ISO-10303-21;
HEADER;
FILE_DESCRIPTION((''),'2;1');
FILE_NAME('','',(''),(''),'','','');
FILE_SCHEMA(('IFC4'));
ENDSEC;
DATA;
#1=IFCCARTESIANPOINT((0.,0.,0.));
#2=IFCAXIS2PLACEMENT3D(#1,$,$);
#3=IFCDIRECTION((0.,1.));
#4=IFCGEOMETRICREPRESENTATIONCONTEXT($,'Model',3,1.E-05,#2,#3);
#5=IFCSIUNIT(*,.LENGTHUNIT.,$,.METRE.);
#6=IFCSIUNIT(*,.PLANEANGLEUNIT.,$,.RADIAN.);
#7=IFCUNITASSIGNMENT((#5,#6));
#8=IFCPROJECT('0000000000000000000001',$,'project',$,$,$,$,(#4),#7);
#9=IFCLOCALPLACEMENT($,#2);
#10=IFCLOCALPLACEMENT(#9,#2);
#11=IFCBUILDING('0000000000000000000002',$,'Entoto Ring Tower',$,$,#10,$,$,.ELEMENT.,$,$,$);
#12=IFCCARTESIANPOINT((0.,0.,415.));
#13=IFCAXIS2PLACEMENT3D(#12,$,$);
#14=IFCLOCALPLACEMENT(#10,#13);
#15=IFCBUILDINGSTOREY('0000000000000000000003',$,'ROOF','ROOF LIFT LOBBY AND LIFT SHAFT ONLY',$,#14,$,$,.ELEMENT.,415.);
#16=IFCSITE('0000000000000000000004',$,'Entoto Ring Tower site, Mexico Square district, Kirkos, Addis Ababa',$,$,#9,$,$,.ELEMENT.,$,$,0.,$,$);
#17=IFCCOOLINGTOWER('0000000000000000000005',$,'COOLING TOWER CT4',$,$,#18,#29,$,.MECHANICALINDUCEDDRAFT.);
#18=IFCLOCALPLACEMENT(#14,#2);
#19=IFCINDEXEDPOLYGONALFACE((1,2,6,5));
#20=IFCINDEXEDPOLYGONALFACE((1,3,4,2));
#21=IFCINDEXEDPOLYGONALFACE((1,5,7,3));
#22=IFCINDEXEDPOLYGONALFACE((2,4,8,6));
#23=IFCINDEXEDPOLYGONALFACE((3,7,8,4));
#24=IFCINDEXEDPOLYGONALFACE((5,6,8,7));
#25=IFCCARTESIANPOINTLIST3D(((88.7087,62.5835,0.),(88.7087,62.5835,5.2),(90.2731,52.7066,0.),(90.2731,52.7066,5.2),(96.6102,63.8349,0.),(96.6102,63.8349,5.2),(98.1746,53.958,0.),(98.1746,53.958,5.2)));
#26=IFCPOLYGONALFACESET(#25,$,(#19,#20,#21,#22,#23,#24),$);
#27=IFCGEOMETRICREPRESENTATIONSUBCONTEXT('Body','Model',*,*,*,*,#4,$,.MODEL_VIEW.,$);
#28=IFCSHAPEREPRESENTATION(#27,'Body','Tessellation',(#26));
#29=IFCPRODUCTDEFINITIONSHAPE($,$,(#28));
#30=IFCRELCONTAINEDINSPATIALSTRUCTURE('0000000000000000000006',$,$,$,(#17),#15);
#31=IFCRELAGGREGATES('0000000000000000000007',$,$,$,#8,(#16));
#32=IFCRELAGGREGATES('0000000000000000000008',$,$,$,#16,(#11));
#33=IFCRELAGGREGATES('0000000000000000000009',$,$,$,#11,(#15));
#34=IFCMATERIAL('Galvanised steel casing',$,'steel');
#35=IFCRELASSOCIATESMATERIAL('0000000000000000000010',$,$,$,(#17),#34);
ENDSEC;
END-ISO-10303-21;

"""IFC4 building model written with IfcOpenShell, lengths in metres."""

from ifc_helpers import new_model, si_unit, direction, frame, origin, origin_2d, place, context, subcontext, project, spatial, rectangle, extrude, material, element, save


model = new_model("IFC4")

# Units and contexts
model_context = context("Model", 3, precision=1e-05, world=origin(), true_north=direction((0.0, 1.0)))
body_context = subcontext(model_context, "Body", "Model", "MODEL_VIEW")
ifc_project = project(units=[si_unit("LENGTHUNIT", "METRE"), si_unit("PLANEANGLEUNIT", "RADIAN")], contexts=[model_context])

# Site, building, storey
site_placement = place(None, origin())
site = spatial("IfcSite", under=ifc_project, at=site_placement, Name="Entoto Ring Tower site, Mexico Square district, Kirkos, Addis Ababa", CompositionType="ELEMENT", RefElevation=0.0)
building_placement = place(site_placement, origin())
building = spatial("IfcBuilding", under=site, at=building_placement, Name="Entoto Ring Tower", CompositionType="ELEMENT")
storey_placement = place(building_placement, frame((0.0, 0.0, 415.0)))
storey = spatial("IfcBuildingStorey", under=building, at=storey_placement, Name="ROOF", Description="ROOF LIFT LOBBY AND LIFT SHAFT ONLY", CompositionType="ELEMENT", Elevation=415.0)

# Cooling tower
ifc_material_1 = material(Name="Galvanised steel casing", Category="steel")
cooling_tower_placement = place(storey_placement, frame((93.4417, 58.2708, 0.0), z_axis=(0.0, 0.0, 1.0), x_axis=(0.156434, -0.987688, 0.0)))
element("IfcCoolingTower", 1, at=cooling_tower_placement, inside=storey, material=ifc_material_1, Name="COOLING TOWER CT4", PredefinedType="MECHANICALINDUCEDDRAFT", context=body_context, shape_type="SweptSolid", body=[
    extrude(rectangle(XDim=10.0, YDim=8.0, at=origin_2d()), origin(), (0.0, 0.0, 1.0), 5.2),
])

save(model, "model.ifc")
